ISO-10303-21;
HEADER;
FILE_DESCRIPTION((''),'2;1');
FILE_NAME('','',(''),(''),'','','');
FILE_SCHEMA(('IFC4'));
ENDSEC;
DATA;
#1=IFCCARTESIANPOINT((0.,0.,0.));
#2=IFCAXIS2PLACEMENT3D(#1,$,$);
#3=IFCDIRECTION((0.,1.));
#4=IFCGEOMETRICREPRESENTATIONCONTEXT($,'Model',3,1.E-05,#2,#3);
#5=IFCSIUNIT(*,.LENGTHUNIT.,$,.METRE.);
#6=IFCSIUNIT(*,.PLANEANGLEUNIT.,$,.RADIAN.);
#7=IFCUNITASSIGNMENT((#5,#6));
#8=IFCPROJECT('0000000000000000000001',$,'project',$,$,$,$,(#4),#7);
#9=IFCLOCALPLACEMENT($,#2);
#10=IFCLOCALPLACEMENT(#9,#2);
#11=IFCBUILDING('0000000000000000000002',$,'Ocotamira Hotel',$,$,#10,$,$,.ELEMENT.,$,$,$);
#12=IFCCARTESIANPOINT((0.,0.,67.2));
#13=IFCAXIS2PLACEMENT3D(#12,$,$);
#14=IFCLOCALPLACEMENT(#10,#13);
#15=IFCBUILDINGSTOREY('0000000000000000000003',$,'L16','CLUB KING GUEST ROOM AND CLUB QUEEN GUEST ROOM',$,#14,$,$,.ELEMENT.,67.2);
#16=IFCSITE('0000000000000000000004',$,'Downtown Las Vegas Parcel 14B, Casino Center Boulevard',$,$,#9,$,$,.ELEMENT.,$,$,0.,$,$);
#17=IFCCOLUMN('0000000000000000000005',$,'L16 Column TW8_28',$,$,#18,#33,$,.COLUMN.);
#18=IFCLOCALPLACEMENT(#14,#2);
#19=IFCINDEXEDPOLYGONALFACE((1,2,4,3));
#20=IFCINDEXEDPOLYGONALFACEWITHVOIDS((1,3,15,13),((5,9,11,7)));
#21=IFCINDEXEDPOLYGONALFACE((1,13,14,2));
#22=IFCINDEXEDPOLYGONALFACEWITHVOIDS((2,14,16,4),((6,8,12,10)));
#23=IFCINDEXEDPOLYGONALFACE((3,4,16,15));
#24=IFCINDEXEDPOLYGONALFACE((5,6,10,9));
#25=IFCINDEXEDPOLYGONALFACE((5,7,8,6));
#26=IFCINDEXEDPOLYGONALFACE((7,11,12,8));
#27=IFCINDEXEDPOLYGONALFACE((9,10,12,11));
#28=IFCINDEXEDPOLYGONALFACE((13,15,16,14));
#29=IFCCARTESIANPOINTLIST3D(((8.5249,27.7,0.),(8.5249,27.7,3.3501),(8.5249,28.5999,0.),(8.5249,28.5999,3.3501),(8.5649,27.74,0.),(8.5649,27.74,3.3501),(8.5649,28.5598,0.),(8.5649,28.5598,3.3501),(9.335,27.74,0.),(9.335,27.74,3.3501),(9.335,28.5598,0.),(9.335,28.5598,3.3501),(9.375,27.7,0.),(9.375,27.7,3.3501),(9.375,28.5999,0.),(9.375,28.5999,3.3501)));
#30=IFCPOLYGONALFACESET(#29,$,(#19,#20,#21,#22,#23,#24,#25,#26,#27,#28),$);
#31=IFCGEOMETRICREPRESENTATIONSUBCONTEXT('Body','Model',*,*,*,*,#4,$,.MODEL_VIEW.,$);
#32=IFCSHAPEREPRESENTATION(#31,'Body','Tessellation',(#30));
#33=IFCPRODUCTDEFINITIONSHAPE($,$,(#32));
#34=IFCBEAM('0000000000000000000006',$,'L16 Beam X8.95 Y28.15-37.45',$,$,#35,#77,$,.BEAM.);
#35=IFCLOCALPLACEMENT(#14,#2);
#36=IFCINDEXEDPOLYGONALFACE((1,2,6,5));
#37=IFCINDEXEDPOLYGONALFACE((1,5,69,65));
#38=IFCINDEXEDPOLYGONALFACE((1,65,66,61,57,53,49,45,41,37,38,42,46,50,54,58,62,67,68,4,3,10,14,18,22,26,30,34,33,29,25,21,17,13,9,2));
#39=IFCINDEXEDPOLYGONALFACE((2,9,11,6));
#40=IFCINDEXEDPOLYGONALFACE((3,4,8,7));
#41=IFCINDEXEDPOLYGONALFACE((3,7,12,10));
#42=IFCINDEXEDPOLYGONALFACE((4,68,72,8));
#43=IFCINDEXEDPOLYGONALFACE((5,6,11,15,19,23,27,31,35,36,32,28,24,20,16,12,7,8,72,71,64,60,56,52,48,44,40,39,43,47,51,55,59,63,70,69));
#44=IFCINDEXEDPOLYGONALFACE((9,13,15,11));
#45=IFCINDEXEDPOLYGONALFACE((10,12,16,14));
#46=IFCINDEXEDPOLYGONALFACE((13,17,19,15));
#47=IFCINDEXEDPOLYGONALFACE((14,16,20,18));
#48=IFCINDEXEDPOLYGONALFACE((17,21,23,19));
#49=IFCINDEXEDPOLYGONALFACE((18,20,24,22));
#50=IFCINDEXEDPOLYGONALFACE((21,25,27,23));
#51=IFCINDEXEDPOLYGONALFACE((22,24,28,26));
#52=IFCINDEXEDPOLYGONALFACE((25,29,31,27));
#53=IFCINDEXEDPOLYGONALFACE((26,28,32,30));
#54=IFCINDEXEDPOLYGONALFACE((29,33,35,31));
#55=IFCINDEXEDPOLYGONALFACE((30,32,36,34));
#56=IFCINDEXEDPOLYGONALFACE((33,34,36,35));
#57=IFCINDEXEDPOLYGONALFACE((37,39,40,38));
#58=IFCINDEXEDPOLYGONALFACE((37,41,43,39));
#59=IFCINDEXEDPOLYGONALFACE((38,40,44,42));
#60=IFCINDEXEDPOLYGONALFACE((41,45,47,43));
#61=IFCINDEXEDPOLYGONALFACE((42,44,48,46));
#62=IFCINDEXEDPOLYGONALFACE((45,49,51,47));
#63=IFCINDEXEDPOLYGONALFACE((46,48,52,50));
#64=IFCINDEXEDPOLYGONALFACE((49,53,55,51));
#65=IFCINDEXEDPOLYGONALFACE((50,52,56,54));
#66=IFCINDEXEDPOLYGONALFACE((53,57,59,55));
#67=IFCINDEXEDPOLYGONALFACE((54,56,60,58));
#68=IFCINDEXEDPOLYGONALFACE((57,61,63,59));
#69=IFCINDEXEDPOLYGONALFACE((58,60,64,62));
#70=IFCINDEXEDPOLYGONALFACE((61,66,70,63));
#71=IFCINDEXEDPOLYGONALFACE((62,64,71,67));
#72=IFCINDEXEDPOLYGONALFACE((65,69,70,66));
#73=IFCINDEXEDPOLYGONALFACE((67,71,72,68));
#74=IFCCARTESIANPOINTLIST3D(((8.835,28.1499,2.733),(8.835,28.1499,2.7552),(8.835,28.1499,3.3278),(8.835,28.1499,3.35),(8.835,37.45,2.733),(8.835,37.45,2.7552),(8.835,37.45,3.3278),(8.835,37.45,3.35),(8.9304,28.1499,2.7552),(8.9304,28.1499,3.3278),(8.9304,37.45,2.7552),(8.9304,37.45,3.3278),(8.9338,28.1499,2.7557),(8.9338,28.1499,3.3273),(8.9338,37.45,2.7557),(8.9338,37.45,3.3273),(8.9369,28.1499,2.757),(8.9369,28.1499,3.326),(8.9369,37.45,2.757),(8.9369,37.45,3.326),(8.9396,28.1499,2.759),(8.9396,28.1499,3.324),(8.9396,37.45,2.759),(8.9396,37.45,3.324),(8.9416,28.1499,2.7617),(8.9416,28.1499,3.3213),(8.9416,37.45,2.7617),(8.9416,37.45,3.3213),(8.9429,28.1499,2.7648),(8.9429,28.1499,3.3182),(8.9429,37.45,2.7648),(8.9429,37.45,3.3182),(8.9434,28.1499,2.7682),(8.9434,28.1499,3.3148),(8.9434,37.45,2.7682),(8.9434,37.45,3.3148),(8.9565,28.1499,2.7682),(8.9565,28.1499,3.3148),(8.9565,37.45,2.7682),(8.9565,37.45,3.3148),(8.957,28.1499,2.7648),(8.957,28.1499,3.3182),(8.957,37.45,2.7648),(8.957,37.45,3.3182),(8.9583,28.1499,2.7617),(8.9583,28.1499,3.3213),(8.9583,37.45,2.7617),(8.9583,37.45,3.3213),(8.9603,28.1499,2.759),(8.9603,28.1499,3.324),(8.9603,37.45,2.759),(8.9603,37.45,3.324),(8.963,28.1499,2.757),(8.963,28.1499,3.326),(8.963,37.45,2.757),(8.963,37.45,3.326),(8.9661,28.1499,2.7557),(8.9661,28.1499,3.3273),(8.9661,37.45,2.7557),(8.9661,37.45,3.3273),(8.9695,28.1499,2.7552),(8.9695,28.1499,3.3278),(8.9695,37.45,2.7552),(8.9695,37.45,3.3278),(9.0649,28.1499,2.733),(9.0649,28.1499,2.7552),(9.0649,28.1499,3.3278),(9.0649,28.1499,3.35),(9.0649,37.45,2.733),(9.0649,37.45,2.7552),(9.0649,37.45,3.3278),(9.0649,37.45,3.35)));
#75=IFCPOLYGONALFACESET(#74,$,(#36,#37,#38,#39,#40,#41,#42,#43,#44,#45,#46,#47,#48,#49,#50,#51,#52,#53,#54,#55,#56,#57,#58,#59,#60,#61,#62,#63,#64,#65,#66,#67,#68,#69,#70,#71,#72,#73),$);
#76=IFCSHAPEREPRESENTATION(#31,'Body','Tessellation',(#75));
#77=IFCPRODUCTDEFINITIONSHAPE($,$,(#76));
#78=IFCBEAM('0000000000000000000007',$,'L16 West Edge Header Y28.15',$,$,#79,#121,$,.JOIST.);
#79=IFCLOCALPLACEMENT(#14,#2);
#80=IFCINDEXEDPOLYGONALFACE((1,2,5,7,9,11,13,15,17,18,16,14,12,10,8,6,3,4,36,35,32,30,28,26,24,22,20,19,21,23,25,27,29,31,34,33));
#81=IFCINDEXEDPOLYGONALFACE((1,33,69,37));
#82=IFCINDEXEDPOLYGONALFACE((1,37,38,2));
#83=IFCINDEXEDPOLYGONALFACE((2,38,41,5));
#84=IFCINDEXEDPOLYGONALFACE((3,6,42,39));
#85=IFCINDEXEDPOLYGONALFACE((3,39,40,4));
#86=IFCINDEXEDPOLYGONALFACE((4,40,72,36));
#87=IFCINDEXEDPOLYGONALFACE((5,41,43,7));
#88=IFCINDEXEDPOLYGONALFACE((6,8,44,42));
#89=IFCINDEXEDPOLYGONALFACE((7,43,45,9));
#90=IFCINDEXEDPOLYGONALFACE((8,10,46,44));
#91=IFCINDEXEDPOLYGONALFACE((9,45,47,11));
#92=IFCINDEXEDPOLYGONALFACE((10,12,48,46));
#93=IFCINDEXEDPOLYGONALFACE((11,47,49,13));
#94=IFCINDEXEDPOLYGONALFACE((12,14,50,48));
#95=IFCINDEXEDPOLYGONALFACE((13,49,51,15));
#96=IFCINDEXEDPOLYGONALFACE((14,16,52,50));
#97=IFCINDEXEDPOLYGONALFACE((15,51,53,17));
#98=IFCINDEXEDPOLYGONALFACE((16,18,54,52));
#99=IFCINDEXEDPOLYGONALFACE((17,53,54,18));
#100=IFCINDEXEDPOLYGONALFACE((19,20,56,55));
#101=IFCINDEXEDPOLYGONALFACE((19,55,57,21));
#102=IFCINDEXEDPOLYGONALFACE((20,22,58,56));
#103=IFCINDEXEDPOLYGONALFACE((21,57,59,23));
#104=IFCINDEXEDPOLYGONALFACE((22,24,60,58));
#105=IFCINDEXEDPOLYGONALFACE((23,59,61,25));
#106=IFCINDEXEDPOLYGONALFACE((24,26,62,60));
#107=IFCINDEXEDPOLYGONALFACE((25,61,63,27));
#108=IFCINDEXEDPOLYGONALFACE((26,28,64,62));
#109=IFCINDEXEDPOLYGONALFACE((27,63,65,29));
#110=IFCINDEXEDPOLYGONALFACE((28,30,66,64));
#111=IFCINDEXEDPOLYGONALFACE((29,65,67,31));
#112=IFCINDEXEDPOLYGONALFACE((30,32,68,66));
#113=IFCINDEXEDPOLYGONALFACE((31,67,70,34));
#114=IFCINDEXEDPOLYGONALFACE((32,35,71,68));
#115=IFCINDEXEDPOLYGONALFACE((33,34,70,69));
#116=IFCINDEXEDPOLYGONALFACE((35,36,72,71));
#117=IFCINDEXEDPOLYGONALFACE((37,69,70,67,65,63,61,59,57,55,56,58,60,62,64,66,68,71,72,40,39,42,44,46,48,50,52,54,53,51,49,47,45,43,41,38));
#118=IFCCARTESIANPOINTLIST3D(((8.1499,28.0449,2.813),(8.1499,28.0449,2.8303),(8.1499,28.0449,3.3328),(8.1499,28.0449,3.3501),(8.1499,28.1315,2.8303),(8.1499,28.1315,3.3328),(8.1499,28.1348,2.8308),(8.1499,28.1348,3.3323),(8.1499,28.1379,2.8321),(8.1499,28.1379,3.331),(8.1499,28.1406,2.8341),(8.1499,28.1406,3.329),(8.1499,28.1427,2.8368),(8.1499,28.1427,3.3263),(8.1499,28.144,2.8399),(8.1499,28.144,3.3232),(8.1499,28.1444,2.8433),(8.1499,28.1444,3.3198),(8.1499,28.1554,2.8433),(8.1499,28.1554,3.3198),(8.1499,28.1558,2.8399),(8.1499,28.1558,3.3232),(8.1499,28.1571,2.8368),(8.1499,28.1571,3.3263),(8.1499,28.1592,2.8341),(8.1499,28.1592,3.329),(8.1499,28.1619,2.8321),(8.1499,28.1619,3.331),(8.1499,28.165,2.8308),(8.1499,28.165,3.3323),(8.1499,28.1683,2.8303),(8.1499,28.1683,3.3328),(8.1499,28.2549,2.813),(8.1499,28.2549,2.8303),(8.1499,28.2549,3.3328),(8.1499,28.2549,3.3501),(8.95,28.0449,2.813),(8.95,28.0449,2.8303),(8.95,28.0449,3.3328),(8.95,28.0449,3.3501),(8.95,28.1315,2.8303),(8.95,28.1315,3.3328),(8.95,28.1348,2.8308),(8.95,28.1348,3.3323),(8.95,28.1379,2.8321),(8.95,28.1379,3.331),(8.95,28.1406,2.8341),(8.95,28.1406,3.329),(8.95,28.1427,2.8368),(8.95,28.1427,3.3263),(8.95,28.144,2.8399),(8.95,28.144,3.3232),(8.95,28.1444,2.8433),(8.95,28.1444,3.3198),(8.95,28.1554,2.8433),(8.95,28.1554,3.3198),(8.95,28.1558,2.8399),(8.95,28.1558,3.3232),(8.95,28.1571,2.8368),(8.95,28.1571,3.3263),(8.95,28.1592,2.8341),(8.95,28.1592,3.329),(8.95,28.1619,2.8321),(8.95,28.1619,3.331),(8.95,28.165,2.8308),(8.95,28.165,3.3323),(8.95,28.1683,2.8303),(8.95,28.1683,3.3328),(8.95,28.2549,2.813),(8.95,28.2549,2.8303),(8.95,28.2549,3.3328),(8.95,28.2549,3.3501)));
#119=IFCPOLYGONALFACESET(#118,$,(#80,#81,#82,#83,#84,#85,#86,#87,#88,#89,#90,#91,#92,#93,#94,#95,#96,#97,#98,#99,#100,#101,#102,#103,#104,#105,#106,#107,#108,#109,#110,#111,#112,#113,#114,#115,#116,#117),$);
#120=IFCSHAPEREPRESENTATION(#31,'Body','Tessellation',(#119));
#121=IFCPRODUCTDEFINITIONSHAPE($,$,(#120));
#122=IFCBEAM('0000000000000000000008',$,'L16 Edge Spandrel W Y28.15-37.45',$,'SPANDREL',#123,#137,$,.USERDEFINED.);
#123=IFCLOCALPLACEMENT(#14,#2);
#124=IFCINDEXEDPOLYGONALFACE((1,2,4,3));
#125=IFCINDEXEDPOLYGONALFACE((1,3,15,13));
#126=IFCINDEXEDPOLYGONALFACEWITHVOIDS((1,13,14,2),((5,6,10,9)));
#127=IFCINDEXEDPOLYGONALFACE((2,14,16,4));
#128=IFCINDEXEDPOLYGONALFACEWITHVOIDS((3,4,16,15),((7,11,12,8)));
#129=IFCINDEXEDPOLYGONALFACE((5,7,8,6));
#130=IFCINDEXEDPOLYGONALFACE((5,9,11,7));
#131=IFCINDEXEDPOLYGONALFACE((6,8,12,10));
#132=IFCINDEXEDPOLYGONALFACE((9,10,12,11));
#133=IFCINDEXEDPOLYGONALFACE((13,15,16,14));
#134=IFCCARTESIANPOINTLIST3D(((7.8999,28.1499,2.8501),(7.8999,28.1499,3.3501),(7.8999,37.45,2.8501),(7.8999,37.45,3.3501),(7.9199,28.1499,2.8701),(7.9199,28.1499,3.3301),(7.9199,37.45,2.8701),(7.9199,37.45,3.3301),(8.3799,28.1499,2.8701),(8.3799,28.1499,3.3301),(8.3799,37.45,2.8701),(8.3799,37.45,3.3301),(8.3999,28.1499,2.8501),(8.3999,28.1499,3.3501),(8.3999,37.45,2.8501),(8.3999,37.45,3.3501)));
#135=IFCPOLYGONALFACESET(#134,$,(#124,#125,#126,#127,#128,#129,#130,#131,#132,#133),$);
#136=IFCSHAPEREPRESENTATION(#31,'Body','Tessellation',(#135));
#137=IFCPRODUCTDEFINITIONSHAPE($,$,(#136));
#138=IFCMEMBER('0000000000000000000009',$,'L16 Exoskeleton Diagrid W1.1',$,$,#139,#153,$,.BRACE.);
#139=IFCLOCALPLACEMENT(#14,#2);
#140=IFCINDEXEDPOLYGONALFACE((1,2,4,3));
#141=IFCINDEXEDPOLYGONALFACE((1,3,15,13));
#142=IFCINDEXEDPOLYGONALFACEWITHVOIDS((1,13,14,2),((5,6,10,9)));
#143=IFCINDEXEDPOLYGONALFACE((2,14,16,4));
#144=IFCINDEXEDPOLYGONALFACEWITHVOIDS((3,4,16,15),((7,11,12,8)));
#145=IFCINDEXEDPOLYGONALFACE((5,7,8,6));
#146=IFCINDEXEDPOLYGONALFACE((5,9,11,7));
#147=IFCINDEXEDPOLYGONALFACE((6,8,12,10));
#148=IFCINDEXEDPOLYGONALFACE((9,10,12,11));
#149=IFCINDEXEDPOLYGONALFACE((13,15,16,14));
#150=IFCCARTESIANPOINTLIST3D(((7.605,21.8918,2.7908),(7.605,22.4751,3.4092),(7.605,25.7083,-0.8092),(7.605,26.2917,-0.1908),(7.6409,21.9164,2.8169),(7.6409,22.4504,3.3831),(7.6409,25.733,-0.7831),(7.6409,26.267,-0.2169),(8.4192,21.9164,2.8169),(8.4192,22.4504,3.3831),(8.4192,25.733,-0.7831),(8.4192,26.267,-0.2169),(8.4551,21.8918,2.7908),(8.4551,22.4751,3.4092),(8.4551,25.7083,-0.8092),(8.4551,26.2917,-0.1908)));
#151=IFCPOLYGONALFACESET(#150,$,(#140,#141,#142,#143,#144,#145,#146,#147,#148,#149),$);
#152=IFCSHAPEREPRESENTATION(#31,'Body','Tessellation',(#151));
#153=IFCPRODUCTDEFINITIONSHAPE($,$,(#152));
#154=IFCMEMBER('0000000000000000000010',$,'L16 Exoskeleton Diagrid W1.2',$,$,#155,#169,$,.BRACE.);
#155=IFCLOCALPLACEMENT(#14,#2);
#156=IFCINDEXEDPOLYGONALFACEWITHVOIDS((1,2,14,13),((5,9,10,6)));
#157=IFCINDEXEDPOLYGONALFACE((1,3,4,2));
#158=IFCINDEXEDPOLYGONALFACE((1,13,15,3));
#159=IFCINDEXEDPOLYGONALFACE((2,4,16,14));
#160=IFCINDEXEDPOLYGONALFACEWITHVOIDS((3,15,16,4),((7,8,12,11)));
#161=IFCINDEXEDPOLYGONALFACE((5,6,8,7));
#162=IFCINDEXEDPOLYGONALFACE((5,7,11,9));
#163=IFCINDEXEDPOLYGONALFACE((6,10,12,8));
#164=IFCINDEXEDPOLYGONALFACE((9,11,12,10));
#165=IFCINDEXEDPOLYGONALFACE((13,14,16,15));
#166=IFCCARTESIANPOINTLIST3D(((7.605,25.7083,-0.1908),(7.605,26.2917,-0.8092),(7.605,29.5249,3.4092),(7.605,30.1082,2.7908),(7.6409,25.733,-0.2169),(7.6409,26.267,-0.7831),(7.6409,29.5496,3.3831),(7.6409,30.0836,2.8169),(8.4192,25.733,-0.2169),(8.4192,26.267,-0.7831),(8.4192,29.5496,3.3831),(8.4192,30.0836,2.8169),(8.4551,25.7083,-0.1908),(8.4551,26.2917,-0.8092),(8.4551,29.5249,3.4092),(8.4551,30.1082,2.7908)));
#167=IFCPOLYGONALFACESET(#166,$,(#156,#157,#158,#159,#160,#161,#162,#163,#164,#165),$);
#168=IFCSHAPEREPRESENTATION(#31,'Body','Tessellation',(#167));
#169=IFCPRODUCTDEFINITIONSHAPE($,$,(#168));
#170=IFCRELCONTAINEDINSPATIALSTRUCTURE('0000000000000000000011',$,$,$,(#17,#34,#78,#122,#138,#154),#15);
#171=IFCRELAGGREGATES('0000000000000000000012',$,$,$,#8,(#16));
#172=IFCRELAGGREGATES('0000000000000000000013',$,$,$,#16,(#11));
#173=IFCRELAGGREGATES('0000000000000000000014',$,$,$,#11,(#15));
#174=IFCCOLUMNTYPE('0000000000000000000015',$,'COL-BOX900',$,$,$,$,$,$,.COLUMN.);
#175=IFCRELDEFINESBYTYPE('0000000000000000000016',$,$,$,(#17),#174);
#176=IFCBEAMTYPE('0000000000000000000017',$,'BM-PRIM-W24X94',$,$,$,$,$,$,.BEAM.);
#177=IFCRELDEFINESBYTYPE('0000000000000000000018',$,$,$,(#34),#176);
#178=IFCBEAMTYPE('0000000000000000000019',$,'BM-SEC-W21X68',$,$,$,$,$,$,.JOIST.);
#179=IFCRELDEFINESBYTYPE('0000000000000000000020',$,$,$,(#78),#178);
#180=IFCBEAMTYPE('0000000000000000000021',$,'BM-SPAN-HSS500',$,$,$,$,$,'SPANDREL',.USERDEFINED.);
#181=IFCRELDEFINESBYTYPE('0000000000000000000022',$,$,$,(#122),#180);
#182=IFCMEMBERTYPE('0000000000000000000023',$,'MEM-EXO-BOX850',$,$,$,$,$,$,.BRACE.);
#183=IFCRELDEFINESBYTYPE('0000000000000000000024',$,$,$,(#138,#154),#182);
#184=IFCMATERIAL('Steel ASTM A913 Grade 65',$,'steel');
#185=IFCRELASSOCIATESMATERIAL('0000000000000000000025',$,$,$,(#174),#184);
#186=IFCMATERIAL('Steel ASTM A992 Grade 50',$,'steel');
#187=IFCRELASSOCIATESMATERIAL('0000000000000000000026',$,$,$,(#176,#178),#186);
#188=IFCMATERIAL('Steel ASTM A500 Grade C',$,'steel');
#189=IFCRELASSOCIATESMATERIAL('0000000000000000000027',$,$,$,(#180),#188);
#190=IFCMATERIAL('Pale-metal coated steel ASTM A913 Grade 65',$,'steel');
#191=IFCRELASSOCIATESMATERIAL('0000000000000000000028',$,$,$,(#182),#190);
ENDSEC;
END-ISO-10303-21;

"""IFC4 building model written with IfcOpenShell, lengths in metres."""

from ifc_helpers import new_model, si_unit, direction, frame, origin, origin_2d, place, context, subcontext, project, spatial, hollow_rectangle, i_section, extrude, source, transform, mapped, material, material_profile, profile_set, type_object, element, save


model = new_model("IFC4")

# Units and contexts
model_context = context("Model", 3, precision=1e-05, world=origin(), true_north=direction((0.0, 1.0)))
body_context = subcontext(model_context, "Body", "Model", "MODEL_VIEW")
ifc_project = project(units=[si_unit("LENGTHUNIT", "METRE"), si_unit("PLANEANGLEUNIT", "RADIAN")], contexts=[model_context])

# Site, building, storey
site_placement = place(None, origin())
site = spatial("IfcSite", under=ifc_project, at=site_placement, Name="Downtown Las Vegas Parcel 14B, Casino Center Boulevard", CompositionType="ELEMENT", RefElevation=0.0)
building_placement = place(site_placement, origin())
building = spatial("IfcBuilding", under=site, at=building_placement, Name="Ocotamira Hotel", CompositionType="ELEMENT")
storey_placement = place(building_placement, frame((0.0, 0.0, 67.2)))
storey = spatial("IfcBuildingStorey", under=building, at=storey_placement, Name="L16", Description="CLUB KING GUEST ROOM AND CLUB QUEEN GUEST ROOM", CompositionType="ELEMENT", Elevation=67.2)

# Column
ifc_material_1 = material(Name="Steel ASTM A913 Grade 65", Category="steel")
ifc_material_profile_1 = material_profile(ifc_material_1, hollow_rectangle(XDim=0.8501, YDim=0.8999, WallThickness=0.04, at=origin_2d()), Name="BOX900X850X40")
ifc_profile_set_1 = profile_set([ifc_material_profile_1], Name="Steel ASTM A913 Grade 65")
column_type = type_object("IfcColumnType", Name="COL-BOX900", PredefinedType="COLUMN", material=ifc_profile_set_1)
shared_shape_1 = source(origin(), body_context, "Body", "SweptSolid", [
    extrude(hollow_rectangle(XDim=0.8501, YDim=0.8999, WallThickness=0.04, at=origin_2d()), origin(), (0.0, 0.0, 1.0), 3.3501),
])
column_placement = place(storey_placement, frame((8.95, 28.1499, 0.0), z_axis=(0.0, 0.0, 1.0), x_axis=(1.0, 0.0, 0.0)))
element("IfcColumn", 1, at=column_placement, inside=storey, type_object=column_type, Name="L16 Column TW8_28", PredefinedType="COLUMN", context=body_context, shape_type="MappedRepresentation", body=[
    mapped(shared_shape_1, transform((0.0, 0.0, 0.0), scale=1.0)),
])

# Beams
ifc_material_2 = material(Name="Steel ASTM A992 Grade 50", Category="steel")
ifc_material_profile_2 = material_profile(ifc_material_2, i_section(OverallWidth=0.23, OverallDepth=0.6169, WebThickness=0.0132, FlangeThickness=0.0222, FilletRadius=0.0129, at=origin_2d()), Name="W24X94")
ifc_profile_set_2 = profile_set([ifc_material_profile_2], Name="Steel ASTM A992 Grade 50")
beam_type_1 = type_object("IfcBeamType", Name="BM-PRIM-W24X94", PredefinedType="BEAM", material=ifc_profile_set_2)
shared_shape_2 = source(origin(), body_context, "Body", "SweptSolid", [
    extrude(i_section(OverallWidth=0.23, OverallDepth=0.6169, WebThickness=0.0132, FlangeThickness=0.0222, FilletRadius=0.0129, at=origin_2d()), origin(), (0.0, 0.0, 1.0), 9.3),
])
beam_1_placement = place(storey_placement, frame((8.95, 28.1499, 3.0415), z_axis=(0.0, 1.0, 0.0), x_axis=(-1.0, 0.0, 0.0)))
element("IfcBeam", 2, at=beam_1_placement, inside=storey, type_object=beam_type_1, Name="L16 Beam X8.95 Y28.15-37.45", PredefinedType="BEAM", context=body_context, shape_type="MappedRepresentation", body=[
    mapped(shared_shape_2, transform((0.0, 0.0, 0.0), scale=1.0)),
])
ifc_material_profile_3 = material_profile(ifc_material_2, i_section(OverallWidth=0.21, OverallDepth=0.5371, WebThickness=0.011, FlangeThickness=0.0173, FilletRadius=0.0129, at=origin_2d()), Name="W21X68")
ifc_profile_set_3 = profile_set([ifc_material_profile_3], Name="Steel ASTM A992 Grade 50")
beam_type_2 = type_object("IfcBeamType", Name="BM-SEC-W21X68", PredefinedType="JOIST", material=ifc_profile_set_3)
shared_shape_3 = source(origin(), body_context, "Body", "SweptSolid", [
    extrude(i_section(OverallWidth=0.21, OverallDepth=0.5371, WebThickness=0.011, FlangeThickness=0.0173, FilletRadius=0.0129, at=origin_2d()), origin(), (0.0, 0.0, 1.0), 0.8),
])
beam_2_placement = place(storey_placement, frame((8.95, 28.1499, 3.0815), z_axis=(-1.0, 0.0, 0.0), x_axis=(0.0, -1.0, 0.0)))
element("IfcBeam", 3, at=beam_2_placement, inside=storey, type_object=beam_type_2, Name="L16 West Edge Header Y28.15", PredefinedType="JOIST", context=body_context, shape_type="MappedRepresentation", body=[
    mapped(shared_shape_3, transform((0.0, 0.0, 0.0), scale=1.0)),
])
ifc_material_3 = material(Name="Steel ASTM A500 Grade C", Category="steel")
ifc_material_profile_4 = material_profile(ifc_material_3, hollow_rectangle(XDim=0.5, YDim=0.5, WallThickness=0.02, at=origin_2d()), Name="HSS500X500X20")
ifc_profile_set_4 = profile_set([ifc_material_profile_4], Name="Steel ASTM A500 Grade C")
beam_type_3 = type_object("IfcBeamType", Name="BM-SPAN-HSS500", ElementType="SPANDREL", PredefinedType="USERDEFINED", material=ifc_profile_set_4)
shared_shape_4 = source(origin(), body_context, "Body", "SweptSolid", [
    extrude(hollow_rectangle(XDim=0.5, YDim=0.5, WallThickness=0.02, at=origin_2d()), origin(), (0.0, 0.0, 1.0), 9.3),
])
beam_3_placement = place(storey_placement, frame((8.1499, 28.1499, 3.1001), z_axis=(0.0, 1.0, 0.0), x_axis=(-1.0, 0.0, 0.0)))
element("IfcBeam", 4, at=beam_3_placement, inside=storey, type_object=beam_type_3, Name="L16 Edge Spandrel W Y28.15-37.45", ObjectType="SPANDREL", PredefinedType="USERDEFINED", context=body_context, shape_type="MappedRepresentation", body=[
    mapped(shared_shape_4, transform((0.0, 0.0, 0.0), scale=1.0)),
])

# Members
ifc_material_4 = material(Name="Pale-metal coated steel ASTM A913 Grade 65", Category="steel")
ifc_material_profile_5 = material_profile(ifc_material_4, hollow_rectangle(XDim=0.8501, YDim=0.8501, WallThickness=0.0359, at=origin_2d()), Name="BOX850X850X36")
ifc_profile_set_5 = profile_set([ifc_material_profile_5], Name="Pale-metal coated steel ASTM A913 Grade 65")
member_type_1 = type_object("IfcMemberType", Name="MEM-EXO-BOX850", PredefinedType="BRACE", material=ifc_profile_set_5)
shared_shape_5 = source(origin(), body_context, "Body", "SweptSolid", [
    extrude(hollow_rectangle(XDim=0.8501, YDim=0.8501, WallThickness=0.0359, at=origin_2d()), origin(), (0.0, 0.0, 1.0), 5.2466),
])
for number, where, z_axis, x_axis, name in (
    (5, (8.03, 26.0, -0.5), (0.0, -0.727443, 0.686168), (1.0, 0.0, 0.0), "L16 Exoskeleton Diagrid W1.1"),
    (6, (8.03, 26.0, -0.5), (0.0, 0.727443, 0.686168), (-1.0, 0.0, 0.0), "L16 Exoskeleton Diagrid W1.2"),
):
    element("IfcMember", number, at=place(storey_placement, frame(where, z_axis=z_axis, x_axis=x_axis)), inside=storey, type_object=member_type_1, Name=name, PredefinedType="BRACE", context=body_context, shape_type="MappedRepresentation", body=[
        mapped(shared_shape_5, transform((0.0, 0.0, 0.0), scale=1.0)),
    ])

save(model, "model.ifc")
